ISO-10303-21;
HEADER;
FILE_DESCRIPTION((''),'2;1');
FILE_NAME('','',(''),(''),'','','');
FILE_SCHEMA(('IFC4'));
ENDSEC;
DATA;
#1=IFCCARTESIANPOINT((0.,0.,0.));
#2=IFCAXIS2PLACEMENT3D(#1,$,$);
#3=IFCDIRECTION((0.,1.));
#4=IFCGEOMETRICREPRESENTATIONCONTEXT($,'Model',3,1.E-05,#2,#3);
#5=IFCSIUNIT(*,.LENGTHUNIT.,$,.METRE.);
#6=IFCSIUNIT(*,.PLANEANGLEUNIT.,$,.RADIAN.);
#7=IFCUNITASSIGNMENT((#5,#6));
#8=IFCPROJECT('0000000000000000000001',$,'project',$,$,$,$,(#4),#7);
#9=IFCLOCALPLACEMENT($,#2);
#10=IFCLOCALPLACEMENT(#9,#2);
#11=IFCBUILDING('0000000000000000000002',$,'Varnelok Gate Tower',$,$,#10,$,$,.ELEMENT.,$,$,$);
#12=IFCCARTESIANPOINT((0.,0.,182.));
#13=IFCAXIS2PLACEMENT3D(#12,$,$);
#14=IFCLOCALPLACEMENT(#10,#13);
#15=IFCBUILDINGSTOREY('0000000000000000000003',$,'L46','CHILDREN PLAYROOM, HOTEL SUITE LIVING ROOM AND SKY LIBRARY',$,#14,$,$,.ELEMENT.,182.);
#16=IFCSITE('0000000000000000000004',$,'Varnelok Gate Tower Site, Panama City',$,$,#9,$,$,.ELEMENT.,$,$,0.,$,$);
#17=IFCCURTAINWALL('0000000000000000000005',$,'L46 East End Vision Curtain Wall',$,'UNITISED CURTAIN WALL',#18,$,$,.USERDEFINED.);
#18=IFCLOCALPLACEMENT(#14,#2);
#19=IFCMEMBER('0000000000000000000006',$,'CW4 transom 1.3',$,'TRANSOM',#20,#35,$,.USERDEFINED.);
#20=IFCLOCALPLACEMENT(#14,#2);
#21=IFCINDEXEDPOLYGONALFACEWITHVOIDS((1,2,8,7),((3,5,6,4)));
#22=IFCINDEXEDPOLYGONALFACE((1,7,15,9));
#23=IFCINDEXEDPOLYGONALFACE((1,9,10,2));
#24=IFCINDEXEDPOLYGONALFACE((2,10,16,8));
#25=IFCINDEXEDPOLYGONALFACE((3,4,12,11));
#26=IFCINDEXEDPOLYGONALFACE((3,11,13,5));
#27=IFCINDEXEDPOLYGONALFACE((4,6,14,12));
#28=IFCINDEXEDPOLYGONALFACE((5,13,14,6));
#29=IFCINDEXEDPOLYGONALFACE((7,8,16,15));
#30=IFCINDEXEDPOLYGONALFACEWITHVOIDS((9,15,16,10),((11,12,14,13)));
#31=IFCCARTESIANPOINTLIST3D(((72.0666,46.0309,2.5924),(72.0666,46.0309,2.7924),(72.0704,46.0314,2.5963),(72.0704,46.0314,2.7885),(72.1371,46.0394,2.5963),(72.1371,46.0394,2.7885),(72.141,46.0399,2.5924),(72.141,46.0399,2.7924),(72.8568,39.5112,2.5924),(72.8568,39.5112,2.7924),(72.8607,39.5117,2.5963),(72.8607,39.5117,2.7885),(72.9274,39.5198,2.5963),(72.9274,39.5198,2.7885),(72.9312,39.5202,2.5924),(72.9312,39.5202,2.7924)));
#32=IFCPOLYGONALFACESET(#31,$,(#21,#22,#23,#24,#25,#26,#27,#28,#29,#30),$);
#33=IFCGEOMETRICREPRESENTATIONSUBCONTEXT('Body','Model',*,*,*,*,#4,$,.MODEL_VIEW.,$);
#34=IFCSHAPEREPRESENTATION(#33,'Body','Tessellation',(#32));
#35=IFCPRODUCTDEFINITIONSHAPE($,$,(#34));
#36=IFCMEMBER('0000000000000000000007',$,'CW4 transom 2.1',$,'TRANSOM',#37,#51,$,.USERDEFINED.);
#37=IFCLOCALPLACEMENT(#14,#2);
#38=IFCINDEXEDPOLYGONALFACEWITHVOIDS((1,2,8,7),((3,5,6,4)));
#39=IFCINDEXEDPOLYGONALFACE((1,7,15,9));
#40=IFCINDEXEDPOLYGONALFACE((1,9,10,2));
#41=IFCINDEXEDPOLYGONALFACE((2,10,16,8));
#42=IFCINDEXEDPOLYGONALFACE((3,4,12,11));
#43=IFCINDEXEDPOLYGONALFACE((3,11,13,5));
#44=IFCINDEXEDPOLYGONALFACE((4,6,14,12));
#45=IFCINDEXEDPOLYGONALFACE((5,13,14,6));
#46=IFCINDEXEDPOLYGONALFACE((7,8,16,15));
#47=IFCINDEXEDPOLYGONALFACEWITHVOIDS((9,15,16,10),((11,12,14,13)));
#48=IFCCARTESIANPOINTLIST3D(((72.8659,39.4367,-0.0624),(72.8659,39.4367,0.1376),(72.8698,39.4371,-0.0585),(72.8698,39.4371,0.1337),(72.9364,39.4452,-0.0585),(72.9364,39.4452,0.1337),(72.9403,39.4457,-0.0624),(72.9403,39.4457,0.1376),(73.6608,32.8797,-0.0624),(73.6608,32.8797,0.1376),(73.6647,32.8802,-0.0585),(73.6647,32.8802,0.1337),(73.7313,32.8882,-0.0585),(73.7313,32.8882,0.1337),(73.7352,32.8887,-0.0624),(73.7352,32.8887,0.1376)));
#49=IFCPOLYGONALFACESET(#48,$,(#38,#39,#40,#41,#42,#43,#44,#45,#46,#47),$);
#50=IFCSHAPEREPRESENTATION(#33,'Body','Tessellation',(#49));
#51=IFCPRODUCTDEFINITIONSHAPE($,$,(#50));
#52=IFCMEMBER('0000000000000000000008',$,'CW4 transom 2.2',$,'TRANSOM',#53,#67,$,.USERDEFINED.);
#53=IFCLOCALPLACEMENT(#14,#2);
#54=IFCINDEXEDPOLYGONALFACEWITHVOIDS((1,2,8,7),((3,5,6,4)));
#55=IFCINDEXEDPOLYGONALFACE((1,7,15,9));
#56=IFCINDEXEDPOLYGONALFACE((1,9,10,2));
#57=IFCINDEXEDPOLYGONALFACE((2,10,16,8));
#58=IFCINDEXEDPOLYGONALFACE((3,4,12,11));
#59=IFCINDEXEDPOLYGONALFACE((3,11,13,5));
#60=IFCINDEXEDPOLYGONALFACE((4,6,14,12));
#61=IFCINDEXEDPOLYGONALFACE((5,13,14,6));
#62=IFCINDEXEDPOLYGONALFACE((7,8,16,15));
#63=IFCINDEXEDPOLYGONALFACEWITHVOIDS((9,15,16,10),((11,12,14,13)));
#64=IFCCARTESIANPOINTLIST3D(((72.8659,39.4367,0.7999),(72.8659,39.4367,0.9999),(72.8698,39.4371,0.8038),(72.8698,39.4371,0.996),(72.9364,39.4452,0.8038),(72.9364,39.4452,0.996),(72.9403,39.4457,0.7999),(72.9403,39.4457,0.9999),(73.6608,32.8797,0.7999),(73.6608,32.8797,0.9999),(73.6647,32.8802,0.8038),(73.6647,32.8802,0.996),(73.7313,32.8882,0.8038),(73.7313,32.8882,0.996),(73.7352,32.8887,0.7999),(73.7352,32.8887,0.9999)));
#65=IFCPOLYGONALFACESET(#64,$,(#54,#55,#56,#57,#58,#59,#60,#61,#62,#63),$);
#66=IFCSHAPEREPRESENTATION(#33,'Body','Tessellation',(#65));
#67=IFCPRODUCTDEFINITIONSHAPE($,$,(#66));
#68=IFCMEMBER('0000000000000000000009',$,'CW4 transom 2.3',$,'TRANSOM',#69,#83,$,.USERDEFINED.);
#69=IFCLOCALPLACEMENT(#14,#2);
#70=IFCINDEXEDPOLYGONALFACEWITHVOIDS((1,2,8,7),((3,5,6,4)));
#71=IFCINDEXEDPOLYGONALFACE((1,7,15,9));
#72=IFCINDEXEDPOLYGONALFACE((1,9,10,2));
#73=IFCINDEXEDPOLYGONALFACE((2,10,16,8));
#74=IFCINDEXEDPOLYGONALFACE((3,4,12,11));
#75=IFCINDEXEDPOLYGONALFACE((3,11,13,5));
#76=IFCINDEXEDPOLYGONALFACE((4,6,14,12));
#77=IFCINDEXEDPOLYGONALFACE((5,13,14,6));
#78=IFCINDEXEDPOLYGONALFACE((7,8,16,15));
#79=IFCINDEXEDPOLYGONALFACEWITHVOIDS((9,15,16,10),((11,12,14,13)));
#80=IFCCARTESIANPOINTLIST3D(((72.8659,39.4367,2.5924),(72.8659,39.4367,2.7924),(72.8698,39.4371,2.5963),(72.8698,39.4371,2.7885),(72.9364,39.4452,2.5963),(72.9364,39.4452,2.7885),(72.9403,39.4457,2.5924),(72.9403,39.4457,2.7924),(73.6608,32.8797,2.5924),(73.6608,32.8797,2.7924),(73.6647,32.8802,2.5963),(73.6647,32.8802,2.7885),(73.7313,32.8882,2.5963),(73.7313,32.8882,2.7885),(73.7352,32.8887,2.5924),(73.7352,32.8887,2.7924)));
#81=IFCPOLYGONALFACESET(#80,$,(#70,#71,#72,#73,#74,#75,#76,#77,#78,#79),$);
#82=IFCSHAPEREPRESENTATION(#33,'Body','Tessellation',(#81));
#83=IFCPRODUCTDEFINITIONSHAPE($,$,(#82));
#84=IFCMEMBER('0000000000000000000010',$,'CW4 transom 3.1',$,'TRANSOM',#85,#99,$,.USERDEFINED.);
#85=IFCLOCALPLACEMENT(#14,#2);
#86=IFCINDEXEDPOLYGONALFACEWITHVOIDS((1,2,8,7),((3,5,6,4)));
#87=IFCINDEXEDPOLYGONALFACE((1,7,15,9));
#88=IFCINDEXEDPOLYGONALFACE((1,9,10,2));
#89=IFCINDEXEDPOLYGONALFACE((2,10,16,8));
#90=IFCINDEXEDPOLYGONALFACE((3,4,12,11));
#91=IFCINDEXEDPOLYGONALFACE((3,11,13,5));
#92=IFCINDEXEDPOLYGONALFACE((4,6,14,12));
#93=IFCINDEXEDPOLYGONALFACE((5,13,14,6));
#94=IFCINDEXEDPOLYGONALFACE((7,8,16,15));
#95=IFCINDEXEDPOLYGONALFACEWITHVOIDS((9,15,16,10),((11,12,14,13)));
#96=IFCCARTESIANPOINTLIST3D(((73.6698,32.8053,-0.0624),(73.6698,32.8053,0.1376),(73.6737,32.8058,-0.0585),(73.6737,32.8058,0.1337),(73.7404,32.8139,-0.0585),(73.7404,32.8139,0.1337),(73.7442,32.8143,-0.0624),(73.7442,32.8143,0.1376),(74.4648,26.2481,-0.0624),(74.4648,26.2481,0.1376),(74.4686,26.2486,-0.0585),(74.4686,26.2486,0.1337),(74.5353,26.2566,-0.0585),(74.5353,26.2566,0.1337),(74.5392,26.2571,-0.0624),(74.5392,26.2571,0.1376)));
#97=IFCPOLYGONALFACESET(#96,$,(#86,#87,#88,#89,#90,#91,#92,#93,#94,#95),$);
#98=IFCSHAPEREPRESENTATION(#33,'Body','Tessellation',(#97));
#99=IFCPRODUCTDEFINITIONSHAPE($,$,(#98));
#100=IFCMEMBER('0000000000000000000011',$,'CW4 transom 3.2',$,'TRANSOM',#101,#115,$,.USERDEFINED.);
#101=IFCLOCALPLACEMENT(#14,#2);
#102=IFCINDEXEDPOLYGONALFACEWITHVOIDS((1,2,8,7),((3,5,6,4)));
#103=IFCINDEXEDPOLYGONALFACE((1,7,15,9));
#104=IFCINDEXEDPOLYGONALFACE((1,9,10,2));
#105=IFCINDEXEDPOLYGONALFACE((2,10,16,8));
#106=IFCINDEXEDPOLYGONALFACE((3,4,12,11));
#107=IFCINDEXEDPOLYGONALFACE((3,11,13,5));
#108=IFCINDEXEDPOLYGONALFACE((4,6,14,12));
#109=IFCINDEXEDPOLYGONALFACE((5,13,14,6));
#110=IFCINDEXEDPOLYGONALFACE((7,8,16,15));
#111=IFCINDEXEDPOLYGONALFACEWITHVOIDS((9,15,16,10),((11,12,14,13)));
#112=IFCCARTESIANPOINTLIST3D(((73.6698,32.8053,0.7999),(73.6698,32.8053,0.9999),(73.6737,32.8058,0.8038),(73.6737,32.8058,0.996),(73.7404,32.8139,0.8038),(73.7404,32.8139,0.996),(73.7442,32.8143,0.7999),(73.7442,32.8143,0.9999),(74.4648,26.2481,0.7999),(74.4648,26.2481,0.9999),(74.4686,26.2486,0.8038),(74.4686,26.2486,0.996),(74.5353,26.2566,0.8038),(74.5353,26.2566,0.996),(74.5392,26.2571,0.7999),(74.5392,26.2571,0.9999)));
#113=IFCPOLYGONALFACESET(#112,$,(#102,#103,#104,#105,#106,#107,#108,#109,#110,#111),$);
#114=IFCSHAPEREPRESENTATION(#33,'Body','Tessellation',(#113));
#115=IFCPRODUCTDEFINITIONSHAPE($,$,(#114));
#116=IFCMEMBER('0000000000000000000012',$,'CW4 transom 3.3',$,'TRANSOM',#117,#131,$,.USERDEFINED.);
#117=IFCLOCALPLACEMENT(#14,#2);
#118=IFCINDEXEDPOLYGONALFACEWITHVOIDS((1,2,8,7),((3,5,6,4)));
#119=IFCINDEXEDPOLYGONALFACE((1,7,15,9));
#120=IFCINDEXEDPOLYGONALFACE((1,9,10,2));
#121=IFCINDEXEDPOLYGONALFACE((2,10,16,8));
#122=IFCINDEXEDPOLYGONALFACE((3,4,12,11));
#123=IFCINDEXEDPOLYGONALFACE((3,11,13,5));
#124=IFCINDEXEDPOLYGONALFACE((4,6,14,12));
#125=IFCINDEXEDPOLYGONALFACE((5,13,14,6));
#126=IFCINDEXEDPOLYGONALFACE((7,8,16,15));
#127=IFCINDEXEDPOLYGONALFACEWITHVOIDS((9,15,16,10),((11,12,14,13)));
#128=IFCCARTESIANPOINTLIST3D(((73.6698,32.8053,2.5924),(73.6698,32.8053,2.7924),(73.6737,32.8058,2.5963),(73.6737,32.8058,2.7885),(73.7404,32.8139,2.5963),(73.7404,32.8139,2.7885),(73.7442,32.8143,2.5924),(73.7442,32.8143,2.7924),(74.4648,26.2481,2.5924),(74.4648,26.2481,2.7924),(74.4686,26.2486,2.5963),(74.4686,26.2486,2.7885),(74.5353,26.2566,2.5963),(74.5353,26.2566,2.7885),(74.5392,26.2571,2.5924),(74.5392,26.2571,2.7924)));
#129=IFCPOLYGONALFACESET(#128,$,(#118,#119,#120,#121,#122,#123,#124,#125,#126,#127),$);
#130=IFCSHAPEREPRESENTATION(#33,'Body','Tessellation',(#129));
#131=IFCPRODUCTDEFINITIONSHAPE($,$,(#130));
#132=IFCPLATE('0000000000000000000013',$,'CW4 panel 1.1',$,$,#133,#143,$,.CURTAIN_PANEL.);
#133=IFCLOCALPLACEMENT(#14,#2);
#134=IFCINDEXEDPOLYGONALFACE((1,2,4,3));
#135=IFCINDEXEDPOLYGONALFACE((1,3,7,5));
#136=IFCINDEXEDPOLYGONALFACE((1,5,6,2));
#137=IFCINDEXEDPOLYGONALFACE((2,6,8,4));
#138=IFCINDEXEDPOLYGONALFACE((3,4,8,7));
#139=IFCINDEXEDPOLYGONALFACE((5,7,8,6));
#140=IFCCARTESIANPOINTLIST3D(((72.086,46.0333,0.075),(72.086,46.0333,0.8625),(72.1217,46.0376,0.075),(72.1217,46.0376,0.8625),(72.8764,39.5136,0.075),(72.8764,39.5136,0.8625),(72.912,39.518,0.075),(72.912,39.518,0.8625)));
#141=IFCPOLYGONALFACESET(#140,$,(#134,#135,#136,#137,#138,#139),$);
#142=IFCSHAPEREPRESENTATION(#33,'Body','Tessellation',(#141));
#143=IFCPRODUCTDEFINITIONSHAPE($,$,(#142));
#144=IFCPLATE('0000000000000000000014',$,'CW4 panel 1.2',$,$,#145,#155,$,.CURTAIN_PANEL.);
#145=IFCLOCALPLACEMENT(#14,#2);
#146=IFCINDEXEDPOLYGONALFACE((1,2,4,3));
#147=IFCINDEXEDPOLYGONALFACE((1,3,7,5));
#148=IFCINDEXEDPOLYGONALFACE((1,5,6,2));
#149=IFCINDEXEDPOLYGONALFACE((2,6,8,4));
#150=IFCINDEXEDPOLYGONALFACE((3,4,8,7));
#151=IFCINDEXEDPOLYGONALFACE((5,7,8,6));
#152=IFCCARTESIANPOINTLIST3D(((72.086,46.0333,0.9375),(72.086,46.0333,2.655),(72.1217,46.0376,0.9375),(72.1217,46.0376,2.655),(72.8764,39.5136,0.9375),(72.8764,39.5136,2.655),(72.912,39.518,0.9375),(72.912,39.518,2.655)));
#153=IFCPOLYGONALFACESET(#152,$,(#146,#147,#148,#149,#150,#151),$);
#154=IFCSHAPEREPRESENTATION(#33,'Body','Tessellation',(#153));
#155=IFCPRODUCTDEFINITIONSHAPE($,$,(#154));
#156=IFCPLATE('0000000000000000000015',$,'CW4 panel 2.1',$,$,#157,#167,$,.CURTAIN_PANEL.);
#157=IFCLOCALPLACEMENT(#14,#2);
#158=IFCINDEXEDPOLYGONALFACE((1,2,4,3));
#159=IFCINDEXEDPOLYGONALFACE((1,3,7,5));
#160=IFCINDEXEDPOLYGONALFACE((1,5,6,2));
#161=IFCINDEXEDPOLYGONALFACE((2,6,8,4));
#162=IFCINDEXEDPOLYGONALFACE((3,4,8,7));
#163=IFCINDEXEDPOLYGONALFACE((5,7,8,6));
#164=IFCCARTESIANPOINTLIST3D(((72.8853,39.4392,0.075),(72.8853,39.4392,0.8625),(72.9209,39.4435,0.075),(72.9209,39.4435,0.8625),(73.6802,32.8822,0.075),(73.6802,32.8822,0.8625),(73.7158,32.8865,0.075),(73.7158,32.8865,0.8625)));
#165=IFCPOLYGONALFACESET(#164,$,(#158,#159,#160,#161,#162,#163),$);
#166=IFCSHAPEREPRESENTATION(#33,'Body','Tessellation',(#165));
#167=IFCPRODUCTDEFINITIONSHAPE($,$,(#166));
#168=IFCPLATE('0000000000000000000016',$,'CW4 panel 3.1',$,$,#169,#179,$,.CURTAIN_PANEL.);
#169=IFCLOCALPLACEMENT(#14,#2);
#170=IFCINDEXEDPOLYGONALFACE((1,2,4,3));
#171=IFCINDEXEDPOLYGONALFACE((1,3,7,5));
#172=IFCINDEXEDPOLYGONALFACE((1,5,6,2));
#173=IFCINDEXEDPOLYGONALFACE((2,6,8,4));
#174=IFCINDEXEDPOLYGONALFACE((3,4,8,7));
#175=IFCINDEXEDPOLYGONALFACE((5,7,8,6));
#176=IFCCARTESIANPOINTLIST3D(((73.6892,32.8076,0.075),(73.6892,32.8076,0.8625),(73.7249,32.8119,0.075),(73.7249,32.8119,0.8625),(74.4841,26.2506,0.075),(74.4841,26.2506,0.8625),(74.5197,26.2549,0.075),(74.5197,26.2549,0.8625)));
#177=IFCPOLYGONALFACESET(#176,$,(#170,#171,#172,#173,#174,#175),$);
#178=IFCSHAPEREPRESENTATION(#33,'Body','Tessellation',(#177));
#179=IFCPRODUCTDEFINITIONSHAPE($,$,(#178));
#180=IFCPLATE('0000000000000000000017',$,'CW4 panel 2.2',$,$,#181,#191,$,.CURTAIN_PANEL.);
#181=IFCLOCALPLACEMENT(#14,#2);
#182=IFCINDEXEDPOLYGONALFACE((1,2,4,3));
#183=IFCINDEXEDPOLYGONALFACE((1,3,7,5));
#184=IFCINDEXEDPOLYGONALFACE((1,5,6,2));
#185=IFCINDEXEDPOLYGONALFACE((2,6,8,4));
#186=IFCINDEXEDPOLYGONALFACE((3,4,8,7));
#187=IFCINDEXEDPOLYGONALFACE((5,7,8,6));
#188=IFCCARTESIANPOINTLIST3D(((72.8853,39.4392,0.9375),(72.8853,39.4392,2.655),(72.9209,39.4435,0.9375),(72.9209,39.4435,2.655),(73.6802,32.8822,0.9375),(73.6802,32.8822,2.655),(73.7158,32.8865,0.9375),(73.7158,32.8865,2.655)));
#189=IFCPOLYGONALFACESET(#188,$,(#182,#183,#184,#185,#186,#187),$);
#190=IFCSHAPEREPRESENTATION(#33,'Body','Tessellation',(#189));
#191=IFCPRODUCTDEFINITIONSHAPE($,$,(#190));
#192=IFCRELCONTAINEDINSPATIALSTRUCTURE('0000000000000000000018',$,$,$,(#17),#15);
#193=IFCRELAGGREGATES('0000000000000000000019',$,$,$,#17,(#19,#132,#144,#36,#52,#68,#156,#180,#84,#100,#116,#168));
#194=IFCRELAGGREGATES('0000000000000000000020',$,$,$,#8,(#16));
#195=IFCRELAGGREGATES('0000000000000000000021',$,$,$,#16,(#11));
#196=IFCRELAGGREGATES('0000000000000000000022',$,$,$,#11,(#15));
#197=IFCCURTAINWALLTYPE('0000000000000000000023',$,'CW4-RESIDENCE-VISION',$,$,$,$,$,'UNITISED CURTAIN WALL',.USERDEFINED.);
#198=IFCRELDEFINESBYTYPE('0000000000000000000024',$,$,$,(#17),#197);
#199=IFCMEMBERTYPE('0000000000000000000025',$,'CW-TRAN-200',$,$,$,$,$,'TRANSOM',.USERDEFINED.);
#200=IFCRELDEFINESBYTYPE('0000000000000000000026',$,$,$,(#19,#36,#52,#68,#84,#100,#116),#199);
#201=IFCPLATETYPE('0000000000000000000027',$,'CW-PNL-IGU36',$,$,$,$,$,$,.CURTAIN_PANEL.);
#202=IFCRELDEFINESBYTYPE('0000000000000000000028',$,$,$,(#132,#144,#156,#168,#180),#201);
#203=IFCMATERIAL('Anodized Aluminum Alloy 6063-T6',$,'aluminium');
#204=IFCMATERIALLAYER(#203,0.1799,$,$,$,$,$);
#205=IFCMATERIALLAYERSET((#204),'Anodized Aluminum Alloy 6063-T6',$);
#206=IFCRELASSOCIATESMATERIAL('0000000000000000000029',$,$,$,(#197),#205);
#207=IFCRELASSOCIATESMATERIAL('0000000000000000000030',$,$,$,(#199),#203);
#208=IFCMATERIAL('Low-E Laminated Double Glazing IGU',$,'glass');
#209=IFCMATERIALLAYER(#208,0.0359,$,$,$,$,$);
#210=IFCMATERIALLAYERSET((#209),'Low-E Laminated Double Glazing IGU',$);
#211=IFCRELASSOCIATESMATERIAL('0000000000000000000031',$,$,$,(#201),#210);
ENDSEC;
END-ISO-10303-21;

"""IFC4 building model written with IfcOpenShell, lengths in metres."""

from ifc_helpers import new_model, si_unit, direction, frame, origin, origin_2d, place, context, subcontext, project, spatial, rectangle, hollow_rectangle, extrude, source, transform, mapped, material, layer, layer_set, material_profile, profile_set, type_object, element, aggregate, save


model = new_model("IFC4")

# Units and contexts
model_context = context("Model", 3, precision=1e-05, world=origin(), true_north=direction((0.0, 1.0)))
body_context = subcontext(model_context, "Body", "Model", "MODEL_VIEW")
ifc_project = project(units=[si_unit("LENGTHUNIT", "METRE"), si_unit("PLANEANGLEUNIT", "RADIAN")], contexts=[model_context])

# Site, building, storey
site_placement = place(None, origin())
site = spatial("IfcSite", under=ifc_project, at=site_placement, Name="Varnelok Gate Tower Site, Panama City", CompositionType="ELEMENT", RefElevation=0.0)
building_placement = place(site_placement, origin())
building = spatial("IfcBuilding", under=site, at=building_placement, Name="Varnelok Gate Tower", CompositionType="ELEMENT")
storey_placement = place(building_placement, frame((0.0, 0.0, 182.0)))
storey = spatial("IfcBuildingStorey", under=building, at=storey_placement, Name="L46", Description="CHILDREN PLAYROOM, HOTEL SUITE LIVING ROOM AND SKY LIBRARY", CompositionType="ELEMENT", Elevation=182.0)

# Curtain wall, members, plates
ifc_material_1 = material(Name="Anodized Aluminum Alloy 6063-T6", Category="aluminium")
ifc_layer_1 = layer(ifc_material_1, 0.1799)
ifc_layer_set_1 = layer_set([ifc_layer_1], Name="Anodized Aluminum Alloy 6063-T6")
curtain_wall_type = type_object("IfcCurtainWallType", Name="CW4-RESIDENCE-VISION", ElementType="UNITISED CURTAIN WALL", PredefinedType="USERDEFINED", material=ifc_layer_set_1)
curtain_wall_placement = place(storey_placement, origin())
curtain_wall = element("IfcCurtainWall", 1, at=curtain_wall_placement, inside=storey, type_object=curtain_wall_type, Name="L46 East End Vision Curtain Wall", ObjectType="UNITISED CURTAIN WALL", PredefinedType="USERDEFINED")
ifc_material_profile_1 = material_profile(ifc_material_1, hollow_rectangle(XDim=0.075, YDim=0.2, WallThickness=0.0039, at=origin_2d()), Name="ALU200X75X4")
ifc_profile_set_1 = profile_set([ifc_material_profile_1], Name="Anodized Aluminum Alloy 6063-T6")
member_type_1 = type_object("IfcMemberType", Name="CW-TRAN-200", ElementType="TRANSOM", PredefinedType="USERDEFINED", material=ifc_profile_set_1)
member_1_placement = place(storey_placement, frame((72.1038, 46.0354, 2.6924), z_axis=(0.120332, -0.992734, 0.0), x_axis=(0.992734, 0.120332, 0.0)))
member_1 = element("IfcMember", 2, at=member_1_placement, type_object=member_type_1, Name="CW4 transom 1.3", ObjectType="TRANSOM", PredefinedType="USERDEFINED", context=body_context, shape_type="SweptSolid", body=[
    extrude(hollow_rectangle(XDim=0.075, YDim=0.2, WallThickness=0.0039, at=origin_2d()), origin(), (0.0, 0.0, 1.0), 6.5674),
])
member_2_placement = place(storey_placement, frame((72.9031, 39.4412, 0.0376), z_axis=(0.120353, -0.992731, 0.0), x_axis=(0.992731, 0.120353, 0.0)))
member_2 = element("IfcMember", 3, at=member_2_placement, type_object=member_type_1, Name="CW4 transom 2.1", ObjectType="TRANSOM", PredefinedType="USERDEFINED", context=body_context, shape_type="SweptSolid", body=[
    extrude(hollow_rectangle(XDim=0.075, YDim=0.2, WallThickness=0.0039, at=origin_2d()), origin(), (0.0, 0.0, 1.0), 6.605),
])
member_3_placement = place(storey_placement, frame((72.9031, 39.4412, 0.8999), z_axis=(0.120353, -0.992731, 0.0), x_axis=(0.992731, 0.120353, 0.0)))
member_3 = element("IfcMember", 4, at=member_3_placement, type_object=member_type_1, Name="CW4 transom 2.2", ObjectType="TRANSOM", PredefinedType="USERDEFINED", context=body_context, shape_type="SweptSolid", body=[
    extrude(hollow_rectangle(XDim=0.075, YDim=0.2, WallThickness=0.0039, at=origin_2d()), origin(), (0.0, 0.0, 1.0), 6.605),
])
member_4_placement = place(storey_placement, frame((72.9031, 39.4412, 2.6924), z_axis=(0.120353, -0.992731, 0.0), x_axis=(0.992731, 0.120353, 0.0)))
member_4 = element("IfcMember", 5, at=member_4_placement, type_object=member_type_1, Name="CW4 transom 2.3", ObjectType="TRANSOM", PredefinedType="USERDEFINED", context=body_context, shape_type="SweptSolid", body=[
    extrude(hollow_rectangle(XDim=0.075, YDim=0.2, WallThickness=0.0039, at=origin_2d()), origin(), (0.0, 0.0, 1.0), 6.605),
])
member_5_placement = place(storey_placement, frame((73.707, 32.8098, 0.0376), z_axis=(0.120349, -0.992732, 0.0), x_axis=(0.992732, 0.120349, 0.0)))
member_5 = element("IfcMember", 6, at=member_5_placement, type_object=member_type_1, Name="CW4 transom 3.1", ObjectType="TRANSOM", PredefinedType="USERDEFINED", context=body_context, shape_type="SweptSolid", body=[
    extrude(hollow_rectangle(XDim=0.075, YDim=0.2, WallThickness=0.0039, at=origin_2d()), origin(), (0.0, 0.0, 1.0), 6.6052),
])
member_6_placement = place(storey_placement, frame((73.707, 32.8098, 0.8999), z_axis=(0.120349, -0.992732, 0.0), x_axis=(0.992732, 0.120349, 0.0)))
member_6 = element("IfcMember", 7, at=member_6_placement, type_object=member_type_1, Name="CW4 transom 3.2", ObjectType="TRANSOM", PredefinedType="USERDEFINED", context=body_context, shape_type="SweptSolid", body=[
    extrude(hollow_rectangle(XDim=0.075, YDim=0.2, WallThickness=0.0039, at=origin_2d()), origin(), (0.0, 0.0, 1.0), 6.6052),
])
member_7_placement = place(storey_placement, frame((73.707, 32.8098, 2.6924), z_axis=(0.120349, -0.992732, 0.0), x_axis=(0.992732, 0.120349, 0.0)))
member_7 = element("IfcMember", 8, at=member_7_placement, type_object=member_type_1, Name="CW4 transom 3.3", ObjectType="TRANSOM", PredefinedType="USERDEFINED", context=body_context, shape_type="SweptSolid", body=[
    extrude(hollow_rectangle(XDim=0.075, YDim=0.2, WallThickness=0.0039, at=origin_2d()), origin(), (0.0, 0.0, 1.0), 6.6052),
])
ifc_material_2 = material(Name="Low-E Laminated Double Glazing IGU", Category="glass")
ifc_layer_2 = layer(ifc_material_2, 0.0359)
ifc_layer_set_2 = layer_set([ifc_layer_2], Name="Low-E Laminated Double Glazing IGU")
plate_type = type_object("IfcPlateType", Name="CW-PNL-IGU36", PredefinedType="CURTAIN_PANEL", material=ifc_layer_set_2)
shared_shape_1 = source(origin(), body_context, "Body", "SweptSolid", [
    extrude(rectangle(XDim=6.5674, YDim=0.0359, at=origin_2d()), origin(), (0.0, 0.0, 1.0), 0.7876),
])
plate_1_placement = place(storey_placement, frame((72.499, 42.7756, 0.075), z_axis=(0.0, 0.0, 1.0), x_axis=(0.120345, -0.992732, 0.0)))
plate_1 = element("IfcPlate", 9, at=plate_1_placement, type_object=plate_type, Name="CW4 panel 1.1", PredefinedType="CURTAIN_PANEL", context=body_context, shape_type="MappedRepresentation", body=[
    mapped(shared_shape_1, transform((0.0, 0.0, 0.0), scale=1.0)),
])
shared_shape_2 = source(origin(), body_context, "Body", "SweptSolid", [
    extrude(rectangle(XDim=6.5674, YDim=0.0359, at=origin_2d()), origin(), (0.0, 0.0, 1.0), 1.7175),
])
plate_2_placement = place(storey_placement, frame((72.499, 42.7756, 0.9375), z_axis=(0.0, 0.0, 1.0), x_axis=(0.120345, -0.992732, 0.0)))
plate_2 = element("IfcPlate", 10, at=plate_2_placement, type_object=plate_type, Name="CW4 panel 1.2", PredefinedType="CURTAIN_PANEL", context=body_context, shape_type="MappedRepresentation", body=[
    mapped(shared_shape_2, transform((0.0, 0.0, 0.0), scale=1.0)),
])
shared_shape_3 = source(origin(), body_context, "Body", "SweptSolid", [
    extrude(rectangle(XDim=6.605, YDim=0.0359, at=origin_2d()), origin(), (0.0, 0.0, 1.0), 0.7876),
])
plate_3_placement = place(storey_placement, frame((73.3005, 36.1628, 0.075), z_axis=(0.0, 0.0, 1.0), x_axis=(0.120345, -0.992732, 0.0)))
plate_3 = element("IfcPlate", 11, at=plate_3_placement, type_object=plate_type, Name="CW4 panel 2.1", PredefinedType="CURTAIN_PANEL", context=body_context, shape_type="MappedRepresentation", body=[
    mapped(shared_shape_3, transform((0.0, 0.0, 0.0), scale=1.0)),
])
plate_4_placement = place(storey_placement, frame((74.1045, 29.5312, 0.075), z_axis=(0.0, 0.0, 1.0), x_axis=(0.120345, -0.992732, 0.0)))
plate_4 = element("IfcPlate", 12, at=plate_4_placement, type_object=plate_type, Name="CW4 panel 3.1", PredefinedType="CURTAIN_PANEL", context=body_context, shape_type="MappedRepresentation", body=[
    mapped(shared_shape_3, transform((0.0, 0.0, 0.0), scale=1.0)),
])
shared_shape_4 = source(origin(), body_context, "Body", "SweptSolid", [
    extrude(rectangle(XDim=6.605, YDim=0.0359, at=origin_2d()), origin(), (0.0, 0.0, 1.0), 1.7175),
])
plate_5_placement = place(storey_placement, frame((73.3005, 36.1628, 0.9375), z_axis=(0.0, 0.0, 1.0), x_axis=(0.120345, -0.992732, 0.0)))
plate_5 = element("IfcPlate", 13, at=plate_5_placement, type_object=plate_type, Name="CW4 panel 2.2", PredefinedType="CURTAIN_PANEL", context=body_context, shape_type="MappedRepresentation", body=[
    mapped(shared_shape_4, transform((0.0, 0.0, 0.0), scale=1.0)),
])
aggregate(curtain_wall, [member_1, plate_1, plate_2, member_2, member_3, member_4, plate_3, plate_5, member_5, member_6, member_7, plate_4])

save(model, "model.ifc")
